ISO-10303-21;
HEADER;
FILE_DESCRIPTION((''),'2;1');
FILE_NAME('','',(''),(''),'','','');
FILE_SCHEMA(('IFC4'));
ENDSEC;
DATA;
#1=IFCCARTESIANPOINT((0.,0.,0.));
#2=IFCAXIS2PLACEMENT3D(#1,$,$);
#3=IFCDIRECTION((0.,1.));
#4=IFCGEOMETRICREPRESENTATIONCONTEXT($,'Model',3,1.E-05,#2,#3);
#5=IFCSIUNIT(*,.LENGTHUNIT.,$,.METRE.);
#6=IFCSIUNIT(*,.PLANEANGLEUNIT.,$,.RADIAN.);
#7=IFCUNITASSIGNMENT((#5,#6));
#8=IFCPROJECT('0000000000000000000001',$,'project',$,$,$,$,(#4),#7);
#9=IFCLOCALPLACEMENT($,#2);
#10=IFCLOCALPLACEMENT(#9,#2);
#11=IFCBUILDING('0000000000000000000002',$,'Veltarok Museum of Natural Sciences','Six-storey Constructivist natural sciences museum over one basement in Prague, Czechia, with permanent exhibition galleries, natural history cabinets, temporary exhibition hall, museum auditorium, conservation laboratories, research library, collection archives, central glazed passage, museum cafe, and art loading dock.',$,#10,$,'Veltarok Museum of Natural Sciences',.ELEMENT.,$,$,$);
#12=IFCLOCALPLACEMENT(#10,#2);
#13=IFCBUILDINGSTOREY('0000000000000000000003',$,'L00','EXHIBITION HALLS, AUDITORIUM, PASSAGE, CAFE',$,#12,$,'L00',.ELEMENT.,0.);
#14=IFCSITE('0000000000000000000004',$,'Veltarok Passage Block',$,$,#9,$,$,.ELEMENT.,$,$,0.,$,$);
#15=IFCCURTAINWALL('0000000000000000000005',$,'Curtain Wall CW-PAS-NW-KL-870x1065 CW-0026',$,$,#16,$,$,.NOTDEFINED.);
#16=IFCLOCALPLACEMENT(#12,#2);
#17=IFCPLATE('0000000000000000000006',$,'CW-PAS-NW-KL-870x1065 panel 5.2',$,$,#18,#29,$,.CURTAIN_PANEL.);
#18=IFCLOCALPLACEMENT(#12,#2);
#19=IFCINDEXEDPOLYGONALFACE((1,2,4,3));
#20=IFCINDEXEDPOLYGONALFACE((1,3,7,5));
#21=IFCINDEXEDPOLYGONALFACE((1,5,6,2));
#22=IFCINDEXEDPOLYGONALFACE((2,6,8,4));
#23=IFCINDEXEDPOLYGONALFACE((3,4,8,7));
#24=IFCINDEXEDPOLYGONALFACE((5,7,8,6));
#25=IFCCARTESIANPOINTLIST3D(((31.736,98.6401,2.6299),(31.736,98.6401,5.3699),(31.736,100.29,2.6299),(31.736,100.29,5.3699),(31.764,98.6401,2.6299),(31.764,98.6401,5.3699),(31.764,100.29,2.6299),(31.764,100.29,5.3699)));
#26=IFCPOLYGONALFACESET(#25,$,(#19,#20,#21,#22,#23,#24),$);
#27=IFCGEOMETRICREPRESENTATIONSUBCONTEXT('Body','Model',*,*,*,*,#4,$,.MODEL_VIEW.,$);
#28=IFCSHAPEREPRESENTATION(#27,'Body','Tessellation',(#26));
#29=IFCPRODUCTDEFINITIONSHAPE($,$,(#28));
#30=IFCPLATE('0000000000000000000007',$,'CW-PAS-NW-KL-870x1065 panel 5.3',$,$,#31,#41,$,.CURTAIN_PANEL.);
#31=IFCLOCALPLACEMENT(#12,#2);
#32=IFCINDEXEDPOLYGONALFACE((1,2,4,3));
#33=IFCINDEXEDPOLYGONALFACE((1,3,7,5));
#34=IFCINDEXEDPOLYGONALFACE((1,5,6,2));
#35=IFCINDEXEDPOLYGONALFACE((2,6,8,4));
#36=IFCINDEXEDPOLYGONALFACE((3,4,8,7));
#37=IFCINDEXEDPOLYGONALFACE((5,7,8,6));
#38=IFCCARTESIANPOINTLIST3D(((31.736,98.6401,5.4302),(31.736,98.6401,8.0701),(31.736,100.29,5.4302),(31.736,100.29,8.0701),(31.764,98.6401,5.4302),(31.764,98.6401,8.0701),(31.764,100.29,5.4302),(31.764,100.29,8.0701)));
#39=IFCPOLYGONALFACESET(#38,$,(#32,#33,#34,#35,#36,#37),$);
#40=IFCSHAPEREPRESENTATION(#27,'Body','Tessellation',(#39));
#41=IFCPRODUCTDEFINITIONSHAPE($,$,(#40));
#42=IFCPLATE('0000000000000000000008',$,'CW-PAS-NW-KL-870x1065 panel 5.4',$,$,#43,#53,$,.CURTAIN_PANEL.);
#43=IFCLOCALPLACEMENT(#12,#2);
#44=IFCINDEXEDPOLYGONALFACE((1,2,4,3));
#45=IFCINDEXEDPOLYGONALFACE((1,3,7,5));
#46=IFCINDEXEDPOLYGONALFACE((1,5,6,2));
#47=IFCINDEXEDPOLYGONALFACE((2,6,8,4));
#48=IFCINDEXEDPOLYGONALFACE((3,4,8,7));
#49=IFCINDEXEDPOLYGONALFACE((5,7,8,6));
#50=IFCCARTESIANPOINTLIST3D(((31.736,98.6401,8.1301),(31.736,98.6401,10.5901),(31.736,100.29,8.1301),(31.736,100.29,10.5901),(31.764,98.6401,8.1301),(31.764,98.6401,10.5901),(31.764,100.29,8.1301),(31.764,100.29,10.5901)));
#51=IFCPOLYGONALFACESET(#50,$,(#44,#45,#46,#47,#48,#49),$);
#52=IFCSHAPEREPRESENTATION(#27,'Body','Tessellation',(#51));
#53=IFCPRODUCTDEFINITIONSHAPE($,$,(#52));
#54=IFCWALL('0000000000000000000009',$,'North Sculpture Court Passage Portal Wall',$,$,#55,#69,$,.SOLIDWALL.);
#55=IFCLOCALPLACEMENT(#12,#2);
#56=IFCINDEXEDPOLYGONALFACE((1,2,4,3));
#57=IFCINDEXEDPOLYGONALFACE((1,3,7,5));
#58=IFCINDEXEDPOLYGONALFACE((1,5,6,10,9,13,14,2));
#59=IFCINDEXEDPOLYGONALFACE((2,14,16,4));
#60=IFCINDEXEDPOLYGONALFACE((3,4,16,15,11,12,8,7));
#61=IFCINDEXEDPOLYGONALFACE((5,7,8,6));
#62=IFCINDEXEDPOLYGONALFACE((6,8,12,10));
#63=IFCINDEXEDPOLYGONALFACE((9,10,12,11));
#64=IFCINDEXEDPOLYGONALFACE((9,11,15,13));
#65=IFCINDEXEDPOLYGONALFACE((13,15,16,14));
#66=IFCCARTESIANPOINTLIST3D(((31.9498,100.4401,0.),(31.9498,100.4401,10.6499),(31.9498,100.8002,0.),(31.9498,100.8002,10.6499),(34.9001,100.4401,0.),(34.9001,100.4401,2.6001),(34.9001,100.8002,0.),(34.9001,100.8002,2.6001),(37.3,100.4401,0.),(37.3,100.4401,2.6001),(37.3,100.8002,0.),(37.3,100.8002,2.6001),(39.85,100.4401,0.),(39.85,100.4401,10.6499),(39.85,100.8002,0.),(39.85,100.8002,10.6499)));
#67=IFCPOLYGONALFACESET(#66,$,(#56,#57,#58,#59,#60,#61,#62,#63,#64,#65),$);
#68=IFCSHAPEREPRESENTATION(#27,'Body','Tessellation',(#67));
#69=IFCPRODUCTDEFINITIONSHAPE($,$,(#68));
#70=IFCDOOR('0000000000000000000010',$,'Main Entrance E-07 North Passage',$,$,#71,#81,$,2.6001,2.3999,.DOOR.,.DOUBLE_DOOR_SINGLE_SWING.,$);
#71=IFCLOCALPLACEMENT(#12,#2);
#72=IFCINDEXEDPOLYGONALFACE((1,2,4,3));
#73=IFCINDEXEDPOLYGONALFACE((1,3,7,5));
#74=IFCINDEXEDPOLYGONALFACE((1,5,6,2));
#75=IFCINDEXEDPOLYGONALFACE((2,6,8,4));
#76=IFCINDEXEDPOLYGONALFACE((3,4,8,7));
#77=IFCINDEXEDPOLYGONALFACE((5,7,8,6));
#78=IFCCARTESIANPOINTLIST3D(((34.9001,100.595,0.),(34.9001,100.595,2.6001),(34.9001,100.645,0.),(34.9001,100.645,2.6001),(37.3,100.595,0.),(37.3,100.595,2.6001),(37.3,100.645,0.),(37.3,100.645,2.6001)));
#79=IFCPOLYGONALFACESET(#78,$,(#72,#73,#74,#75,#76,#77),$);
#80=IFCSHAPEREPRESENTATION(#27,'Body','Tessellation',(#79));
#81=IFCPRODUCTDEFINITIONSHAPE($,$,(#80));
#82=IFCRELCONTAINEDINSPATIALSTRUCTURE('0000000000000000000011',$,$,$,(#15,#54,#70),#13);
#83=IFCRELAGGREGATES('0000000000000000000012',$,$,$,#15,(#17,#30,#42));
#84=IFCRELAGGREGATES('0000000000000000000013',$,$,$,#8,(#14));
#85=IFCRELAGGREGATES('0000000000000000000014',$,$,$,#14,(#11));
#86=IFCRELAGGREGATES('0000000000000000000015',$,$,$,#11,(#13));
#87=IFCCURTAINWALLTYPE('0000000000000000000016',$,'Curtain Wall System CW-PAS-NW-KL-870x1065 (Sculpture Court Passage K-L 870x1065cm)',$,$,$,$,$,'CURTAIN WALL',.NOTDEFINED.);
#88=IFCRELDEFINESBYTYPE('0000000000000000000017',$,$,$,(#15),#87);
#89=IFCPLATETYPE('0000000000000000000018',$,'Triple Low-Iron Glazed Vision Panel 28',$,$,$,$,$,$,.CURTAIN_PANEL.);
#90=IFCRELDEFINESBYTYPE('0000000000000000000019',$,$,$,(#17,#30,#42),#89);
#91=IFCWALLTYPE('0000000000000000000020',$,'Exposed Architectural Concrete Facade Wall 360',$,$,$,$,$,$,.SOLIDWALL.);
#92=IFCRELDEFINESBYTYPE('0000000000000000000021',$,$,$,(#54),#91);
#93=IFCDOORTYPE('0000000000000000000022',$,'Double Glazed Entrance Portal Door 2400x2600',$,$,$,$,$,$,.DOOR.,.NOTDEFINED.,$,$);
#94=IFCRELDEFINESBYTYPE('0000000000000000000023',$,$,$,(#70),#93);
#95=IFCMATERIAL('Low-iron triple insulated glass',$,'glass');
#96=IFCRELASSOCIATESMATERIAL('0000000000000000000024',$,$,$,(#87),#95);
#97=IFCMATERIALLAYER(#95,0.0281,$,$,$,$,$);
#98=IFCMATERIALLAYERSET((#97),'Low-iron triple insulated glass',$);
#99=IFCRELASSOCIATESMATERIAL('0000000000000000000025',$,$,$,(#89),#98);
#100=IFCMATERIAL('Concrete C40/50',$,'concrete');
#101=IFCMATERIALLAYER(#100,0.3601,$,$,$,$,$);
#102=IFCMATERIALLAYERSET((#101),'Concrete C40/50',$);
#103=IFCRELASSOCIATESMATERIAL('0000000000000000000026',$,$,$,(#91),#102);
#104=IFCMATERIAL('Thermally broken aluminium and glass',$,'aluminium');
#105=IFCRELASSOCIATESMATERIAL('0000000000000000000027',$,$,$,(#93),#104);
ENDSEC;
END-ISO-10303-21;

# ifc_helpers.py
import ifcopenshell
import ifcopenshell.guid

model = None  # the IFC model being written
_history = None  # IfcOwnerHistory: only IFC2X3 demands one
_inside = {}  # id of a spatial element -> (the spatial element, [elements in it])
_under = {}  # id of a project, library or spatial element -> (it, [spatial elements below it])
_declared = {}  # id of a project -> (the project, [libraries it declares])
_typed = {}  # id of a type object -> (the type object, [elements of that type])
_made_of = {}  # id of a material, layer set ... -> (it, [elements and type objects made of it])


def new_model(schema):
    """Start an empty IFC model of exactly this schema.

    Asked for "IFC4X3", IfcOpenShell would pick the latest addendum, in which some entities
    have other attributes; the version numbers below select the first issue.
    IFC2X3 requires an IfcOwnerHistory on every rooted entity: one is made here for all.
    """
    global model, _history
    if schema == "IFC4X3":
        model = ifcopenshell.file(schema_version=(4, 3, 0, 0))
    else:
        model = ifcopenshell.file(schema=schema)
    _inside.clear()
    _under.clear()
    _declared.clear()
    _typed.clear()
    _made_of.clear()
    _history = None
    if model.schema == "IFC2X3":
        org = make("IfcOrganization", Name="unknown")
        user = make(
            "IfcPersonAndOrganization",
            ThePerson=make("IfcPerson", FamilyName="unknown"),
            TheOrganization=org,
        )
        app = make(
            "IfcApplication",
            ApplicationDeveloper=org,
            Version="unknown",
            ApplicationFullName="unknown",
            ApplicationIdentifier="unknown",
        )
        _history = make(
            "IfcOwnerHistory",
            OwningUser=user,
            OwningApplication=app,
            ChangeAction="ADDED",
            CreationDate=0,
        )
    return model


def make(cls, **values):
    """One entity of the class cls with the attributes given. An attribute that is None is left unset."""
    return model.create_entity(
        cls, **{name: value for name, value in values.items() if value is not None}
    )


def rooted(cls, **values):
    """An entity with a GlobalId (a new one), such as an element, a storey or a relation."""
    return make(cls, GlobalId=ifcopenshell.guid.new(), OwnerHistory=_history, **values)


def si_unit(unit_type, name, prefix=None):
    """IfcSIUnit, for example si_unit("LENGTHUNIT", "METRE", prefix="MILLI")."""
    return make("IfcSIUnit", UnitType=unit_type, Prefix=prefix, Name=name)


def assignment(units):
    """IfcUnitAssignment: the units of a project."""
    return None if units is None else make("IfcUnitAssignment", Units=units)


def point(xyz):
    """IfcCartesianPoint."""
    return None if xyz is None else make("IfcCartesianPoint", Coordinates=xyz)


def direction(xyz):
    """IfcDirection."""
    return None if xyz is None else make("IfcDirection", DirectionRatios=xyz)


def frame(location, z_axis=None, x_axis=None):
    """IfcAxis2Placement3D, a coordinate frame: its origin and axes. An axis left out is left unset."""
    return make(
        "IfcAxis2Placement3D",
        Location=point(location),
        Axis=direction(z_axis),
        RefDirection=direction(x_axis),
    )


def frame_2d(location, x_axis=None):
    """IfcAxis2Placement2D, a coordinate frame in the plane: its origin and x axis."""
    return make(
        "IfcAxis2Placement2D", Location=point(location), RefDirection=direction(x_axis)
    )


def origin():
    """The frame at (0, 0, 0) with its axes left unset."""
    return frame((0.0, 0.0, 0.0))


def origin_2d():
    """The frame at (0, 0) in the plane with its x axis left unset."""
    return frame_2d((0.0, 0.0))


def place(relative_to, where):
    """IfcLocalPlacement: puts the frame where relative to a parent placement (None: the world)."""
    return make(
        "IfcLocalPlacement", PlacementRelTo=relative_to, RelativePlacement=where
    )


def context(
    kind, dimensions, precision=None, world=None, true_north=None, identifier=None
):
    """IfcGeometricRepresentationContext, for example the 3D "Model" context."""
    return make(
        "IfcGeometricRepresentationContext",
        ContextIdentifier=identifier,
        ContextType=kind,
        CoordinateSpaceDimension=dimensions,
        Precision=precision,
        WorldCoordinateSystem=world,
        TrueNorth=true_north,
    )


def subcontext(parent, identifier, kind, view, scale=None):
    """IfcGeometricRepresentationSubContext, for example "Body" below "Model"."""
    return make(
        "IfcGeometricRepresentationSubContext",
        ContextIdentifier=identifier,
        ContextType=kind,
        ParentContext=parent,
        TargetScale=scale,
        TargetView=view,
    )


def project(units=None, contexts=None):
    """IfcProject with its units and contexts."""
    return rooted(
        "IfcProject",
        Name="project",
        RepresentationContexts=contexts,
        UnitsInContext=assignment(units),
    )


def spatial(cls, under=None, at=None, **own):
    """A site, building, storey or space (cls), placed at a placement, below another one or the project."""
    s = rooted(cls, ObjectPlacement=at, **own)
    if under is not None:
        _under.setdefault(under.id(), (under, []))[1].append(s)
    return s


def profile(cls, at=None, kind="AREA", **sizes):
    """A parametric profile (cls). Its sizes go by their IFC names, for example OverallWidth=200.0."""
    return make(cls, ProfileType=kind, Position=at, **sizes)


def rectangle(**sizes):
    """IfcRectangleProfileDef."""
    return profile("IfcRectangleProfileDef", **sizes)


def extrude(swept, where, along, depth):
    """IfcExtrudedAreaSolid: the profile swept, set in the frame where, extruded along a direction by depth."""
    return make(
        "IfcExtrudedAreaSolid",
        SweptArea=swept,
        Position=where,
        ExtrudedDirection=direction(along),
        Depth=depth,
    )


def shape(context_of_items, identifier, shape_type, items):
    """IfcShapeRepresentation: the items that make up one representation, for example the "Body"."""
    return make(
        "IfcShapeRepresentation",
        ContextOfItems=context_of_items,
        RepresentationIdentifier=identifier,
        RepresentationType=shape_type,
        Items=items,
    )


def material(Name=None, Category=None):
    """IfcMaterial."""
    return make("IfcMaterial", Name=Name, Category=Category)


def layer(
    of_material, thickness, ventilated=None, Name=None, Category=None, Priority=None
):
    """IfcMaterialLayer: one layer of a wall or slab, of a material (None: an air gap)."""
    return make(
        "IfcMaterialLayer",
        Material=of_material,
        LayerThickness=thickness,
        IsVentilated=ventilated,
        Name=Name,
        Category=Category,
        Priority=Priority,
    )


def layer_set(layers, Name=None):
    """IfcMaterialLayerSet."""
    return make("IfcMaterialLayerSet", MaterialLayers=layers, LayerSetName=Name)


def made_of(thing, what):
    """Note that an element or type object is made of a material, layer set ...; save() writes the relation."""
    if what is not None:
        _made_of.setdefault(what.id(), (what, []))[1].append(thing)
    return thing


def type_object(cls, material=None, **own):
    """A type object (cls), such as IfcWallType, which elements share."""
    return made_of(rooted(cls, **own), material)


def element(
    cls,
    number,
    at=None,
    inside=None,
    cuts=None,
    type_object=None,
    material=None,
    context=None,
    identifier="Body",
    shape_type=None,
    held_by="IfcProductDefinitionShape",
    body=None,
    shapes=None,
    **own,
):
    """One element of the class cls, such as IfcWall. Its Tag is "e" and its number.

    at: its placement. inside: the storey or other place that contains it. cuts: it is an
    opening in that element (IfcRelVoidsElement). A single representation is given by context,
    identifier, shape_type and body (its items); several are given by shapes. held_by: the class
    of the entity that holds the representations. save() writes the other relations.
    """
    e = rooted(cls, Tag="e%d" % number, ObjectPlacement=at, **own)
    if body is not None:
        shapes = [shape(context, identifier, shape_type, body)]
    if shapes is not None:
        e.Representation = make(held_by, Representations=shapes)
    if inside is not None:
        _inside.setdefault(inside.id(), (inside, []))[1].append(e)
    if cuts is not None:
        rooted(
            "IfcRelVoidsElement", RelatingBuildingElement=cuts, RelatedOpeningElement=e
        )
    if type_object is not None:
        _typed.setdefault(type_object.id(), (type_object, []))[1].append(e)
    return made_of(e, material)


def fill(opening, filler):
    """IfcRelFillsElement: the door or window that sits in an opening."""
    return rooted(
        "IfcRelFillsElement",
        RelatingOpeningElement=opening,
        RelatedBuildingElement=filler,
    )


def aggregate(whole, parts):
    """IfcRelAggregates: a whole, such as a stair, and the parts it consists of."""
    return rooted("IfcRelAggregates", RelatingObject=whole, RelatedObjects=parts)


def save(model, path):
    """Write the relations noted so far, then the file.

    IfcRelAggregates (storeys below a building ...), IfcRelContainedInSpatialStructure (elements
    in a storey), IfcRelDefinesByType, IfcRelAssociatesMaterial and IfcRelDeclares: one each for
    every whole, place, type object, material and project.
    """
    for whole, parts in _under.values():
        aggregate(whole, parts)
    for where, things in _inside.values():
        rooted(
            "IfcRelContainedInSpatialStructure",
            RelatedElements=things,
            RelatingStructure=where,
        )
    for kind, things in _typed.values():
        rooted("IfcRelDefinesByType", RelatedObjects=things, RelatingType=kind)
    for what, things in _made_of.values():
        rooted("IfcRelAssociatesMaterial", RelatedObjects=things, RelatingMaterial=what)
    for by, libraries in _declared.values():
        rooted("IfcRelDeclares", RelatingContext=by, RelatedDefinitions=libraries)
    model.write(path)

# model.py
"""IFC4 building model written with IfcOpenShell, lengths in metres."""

from ifc_helpers import new_model, si_unit, direction, frame, frame_2d, origin, origin_2d, place, context, subcontext, project, spatial, rectangle, extrude, material, layer, layer_set, type_object, element, fill, aggregate, save


model = new_model("IFC4")

# Units and contexts
model_context = context("Model", 3, precision=1e-05, world=origin(), true_north=direction((0.0, 1.0)))
body_context = subcontext(model_context, "Body", "Model", "MODEL_VIEW")
ifc_project = project(units=[si_unit("LENGTHUNIT", "METRE"), si_unit("PLANEANGLEUNIT", "RADIAN")], contexts=[model_context])

# Site, building, storey
site_placement = place(None, origin())
site = spatial("IfcSite", under=ifc_project, at=site_placement, Name="Veltarok Passage Block", CompositionType="ELEMENT", RefElevation=0.0)
building_placement = place(site_placement, origin())
building = spatial("IfcBuilding", under=site, at=building_placement, Name="Veltarok Museum of Natural Sciences", Description="Six-storey Constructivist natural sciences museum over one basement in Prague, Czechia, with permanent exhibition galleries, natural history cabinets, temporary exhibition hall, museum auditorium, conservation laboratories, research library, collection archives, central glazed passage, museum cafe, and art loading dock.", LongName="Veltarok Museum of Natural Sciences", CompositionType="ELEMENT")
storey_placement = place(building_placement, origin())
storey = spatial("IfcBuildingStorey", under=building, at=storey_placement, Name="L00", Description="EXHIBITION HALLS, AUDITORIUM, PASSAGE, CAFE", LongName="L00", CompositionType="ELEMENT", Elevation=0.0)

# Curtain wall
ifc_material_1 = material(Name="Low-iron triple insulated glass", Category="glass")
curtain_wall_type_1 = type_object("IfcCurtainWallType", Name="Curtain Wall System CW-PAS-NW-KL-870x1065 (Sculpture Court Passage K-L 870x1065cm)", ElementType="CURTAIN WALL", PredefinedType="NOTDEFINED", material=ifc_material_1)
curtain_wall_1_placement = place(storey_placement, origin())
curtain_wall_1 = element("IfcCurtainWall", 1, at=curtain_wall_1_placement, inside=storey, type_object=curtain_wall_type_1, Name="Curtain Wall CW-PAS-NW-KL-870x1065 CW-0026", PredefinedType="NOTDEFINED")

# Plates
ifc_layer_1 = layer(ifc_material_1, 0.0281)
ifc_layer_set_1 = layer_set([ifc_layer_1], Name="Low-iron triple insulated glass")
plate_type_1 = type_object("IfcPlateType", Name="Triple Low-Iron Glazed Vision Panel 28", PredefinedType="CURTAIN_PANEL", material=ifc_layer_set_1)
plate_1_placement = place(storey_placement, frame((31.75, 99.4651, 2.6299), z_axis=(0.0, 0.0, 1.0), x_axis=(0.0, 1.0, 0.0)))
plate_1 = element("IfcPlate", 2, at=plate_1_placement, type_object=plate_type_1, Name="CW-PAS-NW-KL-870x1065 panel 5.2", PredefinedType="CURTAIN_PANEL", context=body_context, shape_type="SweptSolid", body=[
    extrude(rectangle(XDim=1.6499, YDim=0.0281, at=origin_2d()), origin(), (0.0, 0.0, 1.0), 2.74),
])
plate_2_placement = place(storey_placement, frame((31.75, 99.4651, 5.4302), z_axis=(0.0, 0.0, 1.0), x_axis=(0.0, 1.0, 0.0)))
plate_2 = element("IfcPlate", 3, at=plate_2_placement, type_object=plate_type_1, Name="CW-PAS-NW-KL-870x1065 panel 5.3", PredefinedType="CURTAIN_PANEL", context=body_context, shape_type="SweptSolid", body=[
    extrude(rectangle(XDim=1.6499, YDim=0.0281, at=origin_2d()), origin(), (0.0, 0.0, 1.0), 2.6399),
])
plate_3_placement = place(storey_placement, frame((31.75, 99.4651, 8.1301), z_axis=(0.0, 0.0, 1.0), x_axis=(0.0, 1.0, 0.0)))
plate_3 = element("IfcPlate", 4, at=plate_3_placement, type_object=plate_type_1, Name="CW-PAS-NW-KL-870x1065 panel 5.4", PredefinedType="CURTAIN_PANEL", context=body_context, shape_type="SweptSolid", body=[
    extrude(rectangle(XDim=1.6499, YDim=0.0281, at=origin_2d()), origin(), (0.0, 0.0, 1.0), 2.46),
])
aggregate(curtain_wall_1, [plate_1, plate_2, plate_3])

# Wall, opening, door
ifc_material_2 = material(Name="Concrete C40/50", Category="concrete")
ifc_layer_2 = layer(ifc_material_2, 0.3601)
ifc_layer_set_2 = layer_set([ifc_layer_2], Name="Concrete C40/50")
wall_type = type_object("IfcWallType", Name="Exposed Architectural Concrete Facade Wall 360", PredefinedType="SOLIDWALL", material=ifc_layer_set_2)
wall_placement = place(storey_placement, frame((39.8501, 100.6201, 0.0), z_axis=(0.0, 0.0, 1.0), x_axis=(-1.0, 0.0, 0.0)))
wall = element("IfcWall", 5, at=wall_placement, inside=storey, type_object=wall_type, Name="North Sculpture Court Passage Portal Wall", PredefinedType="SOLIDWALL", context=body_context, shape_type="SweptSolid", body=[
    extrude(rectangle(XDim=7.9001, YDim=0.3601, at=frame_2d((3.9502, 0.0))), origin(), (0.0, 0.0, 1.0), 10.6499),
])
opening_placement = place(wall_placement, frame((2.55, 0.0, 0.0)))
opening = element("IfcOpeningElement", 6, at=opening_placement, cuts=wall, PredefinedType="OPENING", context=body_context, shape_type="SweptSolid", body=[
    extrude(rectangle(XDim=2.3999, YDim=2.6001, at=frame_2d((1.2, 1.3))), frame((0.0, 0.1899, 0.0), z_axis=(0.0, -1.0, 0.0), x_axis=(1.0, 0.0, 0.0)), (0.0, 0.0, 1.0), 0.3801),
])
ifc_material_3 = material(Name="Thermally broken aluminium and glass", Category="aluminium")
door_type = type_object("IfcDoorType", Name="Double Glazed Entrance Portal Door 2400x2600", OperationType="NOTDEFINED", PredefinedType="DOOR", material=ifc_material_3)
door_placement = place(opening_placement, frame((2.3999, 0.0, 0.0), z_axis=(0.0, 0.0, 1.0), x_axis=(-1.0, 0.0, 0.0)))
door = element("IfcDoor", 7, at=door_placement, inside=storey, type_object=door_type, Name="Main Entrance E-07 North Passage", OperationType="DOUBLE_DOOR_SINGLE_SWING", OverallHeight=2.6001, OverallWidth=2.3999, PredefinedType="DOOR", context=body_context, shape_type="SweptSolid", body=[
    extrude(rectangle(XDim=2.3999, YDim=2.6001, at=frame_2d((1.2, 1.3))), frame((0.0, 0.0249, 0.0), z_axis=(0.0, -1.0, 0.0), x_axis=(1.0, 0.0, 0.0)), (0.0, 0.0, 1.0), 0.05),
])
fill(opening, door)

save(model, "model.ifc")
